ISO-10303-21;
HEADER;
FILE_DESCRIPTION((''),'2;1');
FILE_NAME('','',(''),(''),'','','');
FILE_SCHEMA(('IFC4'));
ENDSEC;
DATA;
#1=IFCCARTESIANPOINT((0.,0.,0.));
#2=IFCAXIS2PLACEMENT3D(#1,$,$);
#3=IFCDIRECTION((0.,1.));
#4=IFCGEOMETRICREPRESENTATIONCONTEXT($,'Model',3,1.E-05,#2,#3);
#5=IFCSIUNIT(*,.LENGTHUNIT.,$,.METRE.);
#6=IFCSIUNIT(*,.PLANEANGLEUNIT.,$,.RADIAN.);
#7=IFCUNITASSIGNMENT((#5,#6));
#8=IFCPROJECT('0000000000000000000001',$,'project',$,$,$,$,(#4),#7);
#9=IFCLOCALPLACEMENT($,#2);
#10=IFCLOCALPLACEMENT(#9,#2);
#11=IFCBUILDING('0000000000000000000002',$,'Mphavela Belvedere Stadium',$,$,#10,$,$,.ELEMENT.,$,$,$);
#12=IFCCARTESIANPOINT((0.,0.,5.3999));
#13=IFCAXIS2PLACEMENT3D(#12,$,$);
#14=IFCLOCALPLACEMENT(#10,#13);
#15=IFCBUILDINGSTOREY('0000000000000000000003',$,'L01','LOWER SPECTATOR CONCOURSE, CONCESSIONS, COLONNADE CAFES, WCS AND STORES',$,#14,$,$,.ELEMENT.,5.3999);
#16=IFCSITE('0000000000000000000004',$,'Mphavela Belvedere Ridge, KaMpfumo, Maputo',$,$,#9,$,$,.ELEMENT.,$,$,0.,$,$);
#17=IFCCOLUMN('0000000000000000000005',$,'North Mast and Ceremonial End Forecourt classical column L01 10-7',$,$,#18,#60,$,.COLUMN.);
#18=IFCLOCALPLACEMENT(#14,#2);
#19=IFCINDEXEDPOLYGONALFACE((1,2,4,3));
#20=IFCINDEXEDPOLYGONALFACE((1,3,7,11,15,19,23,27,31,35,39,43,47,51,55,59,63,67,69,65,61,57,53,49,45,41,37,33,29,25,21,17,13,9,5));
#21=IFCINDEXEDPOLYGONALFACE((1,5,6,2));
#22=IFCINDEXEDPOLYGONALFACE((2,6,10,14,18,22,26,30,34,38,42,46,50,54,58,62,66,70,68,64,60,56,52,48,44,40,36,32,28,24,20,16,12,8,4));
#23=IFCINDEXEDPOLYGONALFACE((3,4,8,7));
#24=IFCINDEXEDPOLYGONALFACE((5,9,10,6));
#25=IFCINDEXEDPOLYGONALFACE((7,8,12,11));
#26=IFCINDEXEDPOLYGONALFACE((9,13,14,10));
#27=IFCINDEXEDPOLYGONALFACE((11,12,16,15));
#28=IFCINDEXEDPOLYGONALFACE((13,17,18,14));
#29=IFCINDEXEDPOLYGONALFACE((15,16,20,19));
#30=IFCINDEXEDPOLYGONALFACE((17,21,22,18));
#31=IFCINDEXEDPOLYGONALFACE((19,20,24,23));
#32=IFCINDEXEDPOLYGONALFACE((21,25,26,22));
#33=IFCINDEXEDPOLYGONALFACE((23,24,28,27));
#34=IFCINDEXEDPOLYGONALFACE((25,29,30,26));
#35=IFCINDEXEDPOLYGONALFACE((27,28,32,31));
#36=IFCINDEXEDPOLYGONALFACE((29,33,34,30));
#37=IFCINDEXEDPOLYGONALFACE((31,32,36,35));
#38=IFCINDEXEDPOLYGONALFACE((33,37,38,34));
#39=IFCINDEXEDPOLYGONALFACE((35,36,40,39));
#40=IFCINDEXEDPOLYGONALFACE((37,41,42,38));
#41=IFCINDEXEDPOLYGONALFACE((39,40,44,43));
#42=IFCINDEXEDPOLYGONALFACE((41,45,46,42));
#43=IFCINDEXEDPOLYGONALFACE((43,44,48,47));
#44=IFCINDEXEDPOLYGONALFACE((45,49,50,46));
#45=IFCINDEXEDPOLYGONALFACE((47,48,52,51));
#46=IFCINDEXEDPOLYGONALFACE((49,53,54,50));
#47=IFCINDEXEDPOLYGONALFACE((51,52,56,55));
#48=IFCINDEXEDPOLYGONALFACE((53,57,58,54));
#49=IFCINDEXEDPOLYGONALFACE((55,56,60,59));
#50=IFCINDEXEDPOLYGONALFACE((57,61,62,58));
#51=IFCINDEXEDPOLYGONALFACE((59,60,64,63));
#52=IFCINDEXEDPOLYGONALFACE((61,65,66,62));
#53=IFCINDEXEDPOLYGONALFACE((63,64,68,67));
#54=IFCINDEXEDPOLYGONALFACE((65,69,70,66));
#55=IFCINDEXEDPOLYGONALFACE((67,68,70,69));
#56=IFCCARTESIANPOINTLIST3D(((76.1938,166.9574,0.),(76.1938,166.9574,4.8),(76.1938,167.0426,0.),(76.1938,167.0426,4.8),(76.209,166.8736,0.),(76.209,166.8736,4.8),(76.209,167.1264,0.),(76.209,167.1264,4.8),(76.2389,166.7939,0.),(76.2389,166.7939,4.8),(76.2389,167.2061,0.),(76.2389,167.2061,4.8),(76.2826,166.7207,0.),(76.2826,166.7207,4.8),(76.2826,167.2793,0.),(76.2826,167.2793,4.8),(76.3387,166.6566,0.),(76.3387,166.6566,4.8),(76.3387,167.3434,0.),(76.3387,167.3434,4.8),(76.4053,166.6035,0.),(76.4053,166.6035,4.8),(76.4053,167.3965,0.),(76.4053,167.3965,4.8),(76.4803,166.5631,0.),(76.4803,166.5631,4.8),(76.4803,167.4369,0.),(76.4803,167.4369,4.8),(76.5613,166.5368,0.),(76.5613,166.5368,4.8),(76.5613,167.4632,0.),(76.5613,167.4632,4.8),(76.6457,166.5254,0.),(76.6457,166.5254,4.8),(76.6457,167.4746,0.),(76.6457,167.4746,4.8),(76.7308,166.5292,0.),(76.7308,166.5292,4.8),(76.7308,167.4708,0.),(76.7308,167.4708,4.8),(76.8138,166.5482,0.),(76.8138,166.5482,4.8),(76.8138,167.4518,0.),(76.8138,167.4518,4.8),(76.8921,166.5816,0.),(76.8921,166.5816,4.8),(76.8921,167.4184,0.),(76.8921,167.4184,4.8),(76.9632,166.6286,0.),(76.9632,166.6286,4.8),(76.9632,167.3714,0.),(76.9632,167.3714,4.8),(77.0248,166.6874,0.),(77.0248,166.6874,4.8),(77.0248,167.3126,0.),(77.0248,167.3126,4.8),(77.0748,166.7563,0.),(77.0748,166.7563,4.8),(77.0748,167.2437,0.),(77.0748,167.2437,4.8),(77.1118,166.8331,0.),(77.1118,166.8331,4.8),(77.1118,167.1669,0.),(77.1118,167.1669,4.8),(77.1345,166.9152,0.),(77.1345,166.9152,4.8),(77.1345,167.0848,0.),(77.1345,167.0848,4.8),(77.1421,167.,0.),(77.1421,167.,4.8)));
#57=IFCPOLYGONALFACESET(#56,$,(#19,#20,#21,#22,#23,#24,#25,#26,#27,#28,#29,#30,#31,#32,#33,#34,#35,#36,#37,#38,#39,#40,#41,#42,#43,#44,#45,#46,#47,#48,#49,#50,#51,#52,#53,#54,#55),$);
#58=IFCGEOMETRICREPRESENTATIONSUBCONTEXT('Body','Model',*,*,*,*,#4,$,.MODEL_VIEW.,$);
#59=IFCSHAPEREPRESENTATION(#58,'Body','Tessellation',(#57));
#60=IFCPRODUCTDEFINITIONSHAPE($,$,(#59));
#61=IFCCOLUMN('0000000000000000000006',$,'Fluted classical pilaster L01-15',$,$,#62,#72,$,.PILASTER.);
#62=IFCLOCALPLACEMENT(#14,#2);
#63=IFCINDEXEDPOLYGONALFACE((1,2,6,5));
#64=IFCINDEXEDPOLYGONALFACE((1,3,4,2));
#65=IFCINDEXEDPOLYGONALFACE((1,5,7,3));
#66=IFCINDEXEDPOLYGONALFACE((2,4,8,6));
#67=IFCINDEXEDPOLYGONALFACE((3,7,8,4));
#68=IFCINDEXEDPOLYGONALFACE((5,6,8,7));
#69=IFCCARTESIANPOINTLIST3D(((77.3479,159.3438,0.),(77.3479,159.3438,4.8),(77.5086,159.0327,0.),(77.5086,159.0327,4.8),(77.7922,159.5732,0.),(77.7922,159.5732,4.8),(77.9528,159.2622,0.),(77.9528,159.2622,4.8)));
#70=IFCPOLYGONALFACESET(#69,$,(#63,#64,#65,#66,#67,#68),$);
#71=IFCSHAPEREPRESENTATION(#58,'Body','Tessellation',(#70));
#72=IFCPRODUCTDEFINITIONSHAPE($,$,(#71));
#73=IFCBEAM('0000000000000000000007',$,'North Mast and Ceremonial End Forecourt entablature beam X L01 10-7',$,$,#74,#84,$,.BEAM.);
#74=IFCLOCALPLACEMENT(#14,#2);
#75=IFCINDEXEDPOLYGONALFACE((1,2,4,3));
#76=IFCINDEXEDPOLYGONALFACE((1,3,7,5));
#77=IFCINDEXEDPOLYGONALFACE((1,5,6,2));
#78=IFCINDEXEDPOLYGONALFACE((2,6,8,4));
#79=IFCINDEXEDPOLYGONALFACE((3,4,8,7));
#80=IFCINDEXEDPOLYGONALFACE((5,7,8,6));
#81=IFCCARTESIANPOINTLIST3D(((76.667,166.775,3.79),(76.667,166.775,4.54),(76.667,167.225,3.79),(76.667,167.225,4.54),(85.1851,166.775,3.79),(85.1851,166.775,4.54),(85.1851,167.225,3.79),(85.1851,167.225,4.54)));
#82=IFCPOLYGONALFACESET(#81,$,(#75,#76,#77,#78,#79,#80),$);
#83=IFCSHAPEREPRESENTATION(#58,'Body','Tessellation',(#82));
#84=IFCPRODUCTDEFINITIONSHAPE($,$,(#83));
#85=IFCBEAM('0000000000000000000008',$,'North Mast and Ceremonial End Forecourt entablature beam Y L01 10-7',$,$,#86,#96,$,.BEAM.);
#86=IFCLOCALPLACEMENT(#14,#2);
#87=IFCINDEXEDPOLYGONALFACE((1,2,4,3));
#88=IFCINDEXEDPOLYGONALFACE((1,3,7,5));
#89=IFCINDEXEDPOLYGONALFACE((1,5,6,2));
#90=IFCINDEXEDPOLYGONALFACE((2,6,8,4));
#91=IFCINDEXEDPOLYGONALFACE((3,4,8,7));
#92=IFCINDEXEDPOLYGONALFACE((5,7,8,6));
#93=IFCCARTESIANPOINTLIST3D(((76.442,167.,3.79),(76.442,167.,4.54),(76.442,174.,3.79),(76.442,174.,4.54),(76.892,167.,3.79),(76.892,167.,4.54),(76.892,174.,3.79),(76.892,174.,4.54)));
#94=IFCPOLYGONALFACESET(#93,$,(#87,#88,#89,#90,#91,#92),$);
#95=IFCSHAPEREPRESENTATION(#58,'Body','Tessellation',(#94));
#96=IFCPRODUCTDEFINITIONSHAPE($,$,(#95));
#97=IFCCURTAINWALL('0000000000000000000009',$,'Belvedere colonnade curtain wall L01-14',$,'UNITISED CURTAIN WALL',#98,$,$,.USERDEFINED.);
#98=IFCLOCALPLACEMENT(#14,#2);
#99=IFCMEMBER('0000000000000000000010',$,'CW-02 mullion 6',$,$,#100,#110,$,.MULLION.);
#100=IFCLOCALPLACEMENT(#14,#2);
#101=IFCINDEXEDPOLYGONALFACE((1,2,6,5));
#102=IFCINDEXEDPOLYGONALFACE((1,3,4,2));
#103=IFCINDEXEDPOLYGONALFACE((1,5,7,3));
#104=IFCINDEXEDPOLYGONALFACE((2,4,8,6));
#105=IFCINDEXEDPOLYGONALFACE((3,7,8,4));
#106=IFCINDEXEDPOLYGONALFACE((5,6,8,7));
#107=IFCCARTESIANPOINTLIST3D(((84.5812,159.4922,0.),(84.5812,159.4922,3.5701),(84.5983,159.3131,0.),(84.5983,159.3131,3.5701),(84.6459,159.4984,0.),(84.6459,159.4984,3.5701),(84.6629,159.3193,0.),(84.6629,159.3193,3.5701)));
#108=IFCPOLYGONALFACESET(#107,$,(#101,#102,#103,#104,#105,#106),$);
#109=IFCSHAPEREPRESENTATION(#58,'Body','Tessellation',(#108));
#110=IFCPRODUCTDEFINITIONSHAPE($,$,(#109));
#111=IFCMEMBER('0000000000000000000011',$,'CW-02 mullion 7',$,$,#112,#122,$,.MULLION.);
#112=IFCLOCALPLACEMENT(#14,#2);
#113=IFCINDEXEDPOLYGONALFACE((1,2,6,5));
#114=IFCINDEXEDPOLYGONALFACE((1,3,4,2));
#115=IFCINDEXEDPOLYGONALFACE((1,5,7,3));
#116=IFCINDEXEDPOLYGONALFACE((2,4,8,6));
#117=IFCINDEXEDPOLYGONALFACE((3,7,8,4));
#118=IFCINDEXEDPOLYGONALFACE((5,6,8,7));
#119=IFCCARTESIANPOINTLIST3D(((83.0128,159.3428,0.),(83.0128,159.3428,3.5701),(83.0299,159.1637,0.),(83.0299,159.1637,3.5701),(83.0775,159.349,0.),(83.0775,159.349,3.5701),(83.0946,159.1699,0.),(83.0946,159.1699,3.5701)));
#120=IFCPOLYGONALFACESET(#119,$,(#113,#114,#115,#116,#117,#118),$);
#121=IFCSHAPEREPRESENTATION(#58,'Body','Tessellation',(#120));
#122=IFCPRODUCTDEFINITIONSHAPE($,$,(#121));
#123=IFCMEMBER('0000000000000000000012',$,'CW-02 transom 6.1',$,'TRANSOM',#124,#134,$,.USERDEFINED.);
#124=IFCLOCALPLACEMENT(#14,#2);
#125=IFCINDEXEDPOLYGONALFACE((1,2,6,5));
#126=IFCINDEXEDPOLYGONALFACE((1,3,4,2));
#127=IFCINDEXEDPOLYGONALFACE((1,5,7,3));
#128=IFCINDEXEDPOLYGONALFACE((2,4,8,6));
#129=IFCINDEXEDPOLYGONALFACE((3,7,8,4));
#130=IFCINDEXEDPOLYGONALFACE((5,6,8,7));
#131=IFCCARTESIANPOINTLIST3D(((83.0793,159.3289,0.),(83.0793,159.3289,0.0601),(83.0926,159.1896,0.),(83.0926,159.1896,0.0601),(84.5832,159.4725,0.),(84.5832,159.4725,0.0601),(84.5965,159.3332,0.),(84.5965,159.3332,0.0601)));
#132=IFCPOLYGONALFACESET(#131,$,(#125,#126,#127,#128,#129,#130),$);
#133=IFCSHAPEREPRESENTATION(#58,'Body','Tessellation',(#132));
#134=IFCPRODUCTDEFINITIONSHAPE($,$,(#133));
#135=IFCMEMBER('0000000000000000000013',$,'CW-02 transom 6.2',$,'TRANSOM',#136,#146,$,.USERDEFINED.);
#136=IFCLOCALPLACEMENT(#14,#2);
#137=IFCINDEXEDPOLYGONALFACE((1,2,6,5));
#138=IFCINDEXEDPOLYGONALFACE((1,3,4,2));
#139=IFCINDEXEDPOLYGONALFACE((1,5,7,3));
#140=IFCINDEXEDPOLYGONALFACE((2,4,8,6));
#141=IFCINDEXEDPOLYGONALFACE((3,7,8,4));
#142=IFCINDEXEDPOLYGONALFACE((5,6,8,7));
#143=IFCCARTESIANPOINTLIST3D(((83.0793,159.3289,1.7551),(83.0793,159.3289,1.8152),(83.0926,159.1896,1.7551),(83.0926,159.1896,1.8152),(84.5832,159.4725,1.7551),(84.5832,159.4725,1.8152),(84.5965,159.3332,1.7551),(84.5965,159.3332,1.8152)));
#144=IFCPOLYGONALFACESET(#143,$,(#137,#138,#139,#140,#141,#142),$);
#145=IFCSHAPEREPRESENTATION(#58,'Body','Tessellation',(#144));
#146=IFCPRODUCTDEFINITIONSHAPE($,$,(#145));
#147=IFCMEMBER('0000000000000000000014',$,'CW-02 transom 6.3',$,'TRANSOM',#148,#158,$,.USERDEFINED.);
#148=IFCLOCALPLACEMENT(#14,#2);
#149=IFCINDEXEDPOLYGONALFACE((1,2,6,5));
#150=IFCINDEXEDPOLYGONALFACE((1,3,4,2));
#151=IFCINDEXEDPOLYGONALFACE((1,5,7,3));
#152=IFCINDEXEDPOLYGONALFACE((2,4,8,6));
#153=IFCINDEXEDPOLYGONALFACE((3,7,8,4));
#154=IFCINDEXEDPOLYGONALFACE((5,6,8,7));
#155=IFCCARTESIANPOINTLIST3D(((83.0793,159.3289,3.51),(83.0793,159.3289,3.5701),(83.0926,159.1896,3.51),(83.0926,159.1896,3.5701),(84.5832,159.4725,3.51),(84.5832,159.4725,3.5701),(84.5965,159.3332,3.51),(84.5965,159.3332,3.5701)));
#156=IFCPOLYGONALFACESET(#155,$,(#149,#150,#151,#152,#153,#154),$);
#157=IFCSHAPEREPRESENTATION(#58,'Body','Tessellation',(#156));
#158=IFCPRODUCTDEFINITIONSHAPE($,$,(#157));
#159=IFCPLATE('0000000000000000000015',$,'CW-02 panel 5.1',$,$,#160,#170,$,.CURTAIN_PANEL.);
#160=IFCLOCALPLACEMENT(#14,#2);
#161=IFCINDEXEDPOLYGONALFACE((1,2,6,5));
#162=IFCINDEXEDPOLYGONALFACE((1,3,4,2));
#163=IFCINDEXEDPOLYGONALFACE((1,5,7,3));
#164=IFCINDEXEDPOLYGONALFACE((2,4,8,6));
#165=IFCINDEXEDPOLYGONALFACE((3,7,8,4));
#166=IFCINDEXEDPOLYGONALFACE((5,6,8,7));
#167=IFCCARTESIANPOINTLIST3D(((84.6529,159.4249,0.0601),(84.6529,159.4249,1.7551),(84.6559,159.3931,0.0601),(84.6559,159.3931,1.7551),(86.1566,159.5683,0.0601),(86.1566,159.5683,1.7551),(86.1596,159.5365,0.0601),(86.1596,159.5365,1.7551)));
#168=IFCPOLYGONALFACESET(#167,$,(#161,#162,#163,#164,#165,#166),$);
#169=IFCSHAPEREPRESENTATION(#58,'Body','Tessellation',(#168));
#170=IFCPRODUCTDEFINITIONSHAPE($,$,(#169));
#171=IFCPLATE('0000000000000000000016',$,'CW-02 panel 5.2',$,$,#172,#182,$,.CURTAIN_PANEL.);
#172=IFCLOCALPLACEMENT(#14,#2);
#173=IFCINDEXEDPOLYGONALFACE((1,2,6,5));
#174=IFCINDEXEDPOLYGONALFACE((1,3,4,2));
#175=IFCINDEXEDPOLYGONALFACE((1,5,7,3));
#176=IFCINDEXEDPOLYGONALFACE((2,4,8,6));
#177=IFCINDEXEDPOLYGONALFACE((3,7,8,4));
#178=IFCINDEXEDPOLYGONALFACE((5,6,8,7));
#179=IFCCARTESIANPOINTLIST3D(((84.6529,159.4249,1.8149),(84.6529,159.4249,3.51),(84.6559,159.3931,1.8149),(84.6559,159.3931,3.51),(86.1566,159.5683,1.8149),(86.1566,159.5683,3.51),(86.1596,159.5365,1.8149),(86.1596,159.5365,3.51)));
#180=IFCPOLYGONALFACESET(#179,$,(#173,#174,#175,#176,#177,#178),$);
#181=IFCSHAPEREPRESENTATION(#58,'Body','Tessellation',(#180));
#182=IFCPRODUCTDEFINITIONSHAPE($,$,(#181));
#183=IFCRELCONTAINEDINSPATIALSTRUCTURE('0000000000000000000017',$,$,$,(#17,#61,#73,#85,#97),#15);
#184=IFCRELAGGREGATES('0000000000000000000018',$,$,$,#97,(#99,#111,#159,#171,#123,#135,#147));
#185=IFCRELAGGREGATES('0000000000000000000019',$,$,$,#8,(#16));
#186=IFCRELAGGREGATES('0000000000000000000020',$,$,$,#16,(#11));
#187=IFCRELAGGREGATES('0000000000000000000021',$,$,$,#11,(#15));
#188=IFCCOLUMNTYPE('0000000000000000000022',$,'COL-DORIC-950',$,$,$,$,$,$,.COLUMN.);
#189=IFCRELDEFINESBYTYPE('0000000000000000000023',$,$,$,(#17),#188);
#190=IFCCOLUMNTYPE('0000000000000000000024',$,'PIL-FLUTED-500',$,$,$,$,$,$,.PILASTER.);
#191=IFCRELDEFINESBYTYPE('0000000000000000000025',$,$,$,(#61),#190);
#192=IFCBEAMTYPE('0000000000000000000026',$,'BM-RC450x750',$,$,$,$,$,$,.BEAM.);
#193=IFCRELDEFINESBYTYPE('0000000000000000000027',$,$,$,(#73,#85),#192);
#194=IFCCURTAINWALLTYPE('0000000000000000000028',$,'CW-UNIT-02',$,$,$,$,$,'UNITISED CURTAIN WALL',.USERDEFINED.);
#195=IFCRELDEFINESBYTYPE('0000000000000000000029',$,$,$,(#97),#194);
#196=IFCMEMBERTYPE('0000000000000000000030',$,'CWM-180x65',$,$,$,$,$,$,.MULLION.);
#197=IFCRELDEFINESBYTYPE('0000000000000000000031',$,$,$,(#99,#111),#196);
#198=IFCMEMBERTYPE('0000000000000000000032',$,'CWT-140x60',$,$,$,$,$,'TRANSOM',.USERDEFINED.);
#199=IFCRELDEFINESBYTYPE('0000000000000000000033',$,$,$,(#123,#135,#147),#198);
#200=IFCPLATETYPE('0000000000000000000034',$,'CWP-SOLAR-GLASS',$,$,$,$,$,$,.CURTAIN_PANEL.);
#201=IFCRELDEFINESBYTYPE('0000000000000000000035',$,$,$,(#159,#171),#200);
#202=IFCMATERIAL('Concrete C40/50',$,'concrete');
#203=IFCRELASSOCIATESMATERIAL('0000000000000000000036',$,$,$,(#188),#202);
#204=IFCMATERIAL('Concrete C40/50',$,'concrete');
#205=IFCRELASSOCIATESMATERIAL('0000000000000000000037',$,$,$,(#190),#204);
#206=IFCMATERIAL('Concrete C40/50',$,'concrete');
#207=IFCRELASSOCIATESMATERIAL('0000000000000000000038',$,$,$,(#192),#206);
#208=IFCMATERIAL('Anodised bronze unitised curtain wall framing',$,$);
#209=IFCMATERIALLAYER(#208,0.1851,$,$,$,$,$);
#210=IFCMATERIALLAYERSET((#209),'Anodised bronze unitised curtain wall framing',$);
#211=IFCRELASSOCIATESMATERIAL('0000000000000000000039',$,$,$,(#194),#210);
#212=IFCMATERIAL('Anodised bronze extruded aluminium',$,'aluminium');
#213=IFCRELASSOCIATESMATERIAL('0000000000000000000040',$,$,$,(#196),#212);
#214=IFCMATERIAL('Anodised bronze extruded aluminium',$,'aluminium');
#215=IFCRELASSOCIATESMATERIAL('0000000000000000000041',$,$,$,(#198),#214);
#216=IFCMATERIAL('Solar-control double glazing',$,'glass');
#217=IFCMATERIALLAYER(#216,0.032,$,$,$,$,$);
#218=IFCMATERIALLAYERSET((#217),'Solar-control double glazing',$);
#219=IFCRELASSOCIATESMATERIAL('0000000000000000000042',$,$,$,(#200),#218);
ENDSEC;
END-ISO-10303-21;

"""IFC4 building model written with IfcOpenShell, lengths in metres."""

from ifc_helpers import new_model, si_unit, direction, frame, origin, origin_2d, place, context, subcontext, project, spatial, rectangle, circle, extrude, material, layer, layer_set, material_profile, profile_set, type_object, element, aggregate, save


model = new_model("IFC4")

# Units and contexts
model_context = context("Model", 3, precision=1e-05, world=origin(), true_north=direction((0.0, 1.0)))
body_context = subcontext(model_context, "Body", "Model", "MODEL_VIEW")
ifc_project = project(units=[si_unit("LENGTHUNIT", "METRE"), si_unit("PLANEANGLEUNIT", "RADIAN")], contexts=[model_context])

# Site, building, storey
site_placement = place(None, origin())
site = spatial("IfcSite", under=ifc_project, at=site_placement, Name="Mphavela Belvedere Ridge, KaMpfumo, Maputo", CompositionType="ELEMENT", RefElevation=0.0)
building_placement = place(site_placement, origin())
building = spatial("IfcBuilding", under=site, at=building_placement, Name="Mphavela Belvedere Stadium", CompositionType="ELEMENT")
storey_placement = place(building_placement, frame((0.0, 0.0, 5.3999)))
storey = spatial("IfcBuildingStorey", under=building, at=storey_placement, Name="L01", Description="LOWER SPECTATOR CONCOURSE, CONCESSIONS, COLONNADE CAFES, WCS AND STORES", CompositionType="ELEMENT", Elevation=5.3999)

# Columns
ifc_material_1 = material(Name="Concrete C40/50", Category="concrete")
ifc_material_profile_1 = material_profile(ifc_material_1, circle(Radius=0.4751, at=origin_2d()), Name="COL D950")
ifc_profile_set_1 = profile_set([ifc_material_profile_1], Name="Concrete C40/50")
column_type_1 = type_object("IfcColumnType", Name="COL-DORIC-950", PredefinedType="COLUMN", material=ifc_profile_set_1)
column_1_placement = place(storey_placement, frame((76.667, 167.0, 0.0), z_axis=(0.0, 0.0, 1.0), x_axis=(1.0, 0.0, 0.0)))
element("IfcColumn", 1, at=column_1_placement, inside=storey, type_object=column_type_1, Name="North Mast and Ceremonial End Forecourt classical column L01 10-7", PredefinedType="COLUMN", context=body_context, shape_type="SweptSolid", body=[
    extrude(circle(Radius=0.4751, at=origin_2d()), origin(), (0.0, 0.0, 1.0), 4.8),
])
ifc_material_2 = material(Name="Concrete C40/50", Category="concrete")
ifc_material_profile_2 = material_profile(ifc_material_2, rectangle(XDim=0.5, YDim=0.3501, at=origin_2d()), Name="PIL 500x350")
ifc_profile_set_2 = profile_set([ifc_material_profile_2], Name="Concrete C40/50")
column_type_2 = type_object("IfcColumnType", Name="PIL-FLUTED-500", PredefinedType="PILASTER", material=ifc_profile_set_2)
column_2_placement = place(storey_placement, frame((77.6504, 159.303, 0.0), z_axis=(0.0, 0.0, 1.0), x_axis=(-0.888457, -0.45896, 0.0)))
element("IfcColumn", 2, at=column_2_placement, inside=storey, type_object=column_type_2, Name="Fluted classical pilaster L01-15", PredefinedType="PILASTER", context=body_context, shape_type="SweptSolid", body=[
    extrude(rectangle(XDim=0.5, YDim=0.3501, at=origin_2d()), origin(), (0.0, 0.0, 1.0), 4.8),
])

# Beams
ifc_material_3 = material(Name="Concrete C40/50", Category="concrete")
ifc_material_profile_3 = material_profile(ifc_material_3, rectangle(XDim=0.45, YDim=0.75, at=origin_2d()), Name="RC 450x750")
ifc_profile_set_3 = profile_set([ifc_material_profile_3], Name="Concrete C40/50")
beam_type = type_object("IfcBeamType", Name="BM-RC450x750", PredefinedType="BEAM", material=ifc_profile_set_3)
beam_1_placement = place(storey_placement, frame((76.667, 167.0, 4.165), z_axis=(1.0, 0.0, 0.0), x_axis=(0.0, 1.0, 0.0)))
element("IfcBeam", 3, at=beam_1_placement, inside=storey, type_object=beam_type, Name="North Mast and Ceremonial End Forecourt entablature beam X L01 10-7", PredefinedType="BEAM", context=body_context, shape_type="SweptSolid", body=[
    extrude(rectangle(XDim=0.45, YDim=0.75, at=origin_2d()), origin(), (0.0, 0.0, 1.0), 8.5181),
])
beam_2_placement = place(storey_placement, frame((76.667, 167.0, 4.165), z_axis=(0.0, 1.0, 0.0), x_axis=(-1.0, 0.0, 0.0)))
element("IfcBeam", 4, at=beam_2_placement, inside=storey, type_object=beam_type, Name="North Mast and Ceremonial End Forecourt entablature beam Y L01 10-7", PredefinedType="BEAM", context=body_context, shape_type="SweptSolid", body=[
    extrude(rectangle(XDim=0.45, YDim=0.75, at=origin_2d()), origin(), (0.0, 0.0, 1.0), 7.0),
])

# Curtain wall, members, plates
ifc_material_4 = material(Name="Anodised bronze unitised curtain wall framing")
ifc_layer_1 = layer(ifc_material_4, 0.1851)
ifc_layer_set_1 = layer_set([ifc_layer_1], Name="Anodised bronze unitised curtain wall framing")
curtain_wall_type = type_object("IfcCurtainWallType", Name="CW-UNIT-02", ElementType="UNITISED CURTAIN WALL", PredefinedType="USERDEFINED", material=ifc_layer_set_1)
curtain_wall_placement = place(storey_placement, origin())
curtain_wall = element("IfcCurtainWall", 5, at=curtain_wall_placement, inside=storey, type_object=curtain_wall_type, Name="Belvedere colonnade curtain wall L01-14", ObjectType="UNITISED CURTAIN WALL", PredefinedType="USERDEFINED")
ifc_material_5 = material(Name="Anodised bronze extruded aluminium", Category="aluminium")
ifc_material_profile_4 = material_profile(ifc_material_5, rectangle(XDim=0.1799, YDim=0.0649, at=origin_2d()), Name="CW-MUL 180x65")
ifc_profile_set_4 = profile_set([ifc_material_profile_4], Name="Anodised bronze extruded aluminium")
member_type_1 = type_object("IfcMemberType", Name="CWM-180x65", PredefinedType="MULLION", material=ifc_profile_set_4)
member_1_placement = place(storey_placement, frame((84.6221, 159.4058, 0.0), z_axis=(0.0, 0.0, 1.0), x_axis=(0.094922, -0.995485, 0.0)))
member_1 = element("IfcMember", 6, at=member_1_placement, type_object=member_type_1, Name="CW-02 mullion 6", PredefinedType="MULLION", context=body_context, shape_type="SweptSolid", body=[
    extrude(rectangle(XDim=0.1799, YDim=0.0649, at=origin_2d()), origin(), (0.0, 0.0, 1.0), 3.5701),
])
member_2_placement = place(storey_placement, frame((83.0537, 159.2563, 0.0), z_axis=(0.0, 0.0, 1.0), x_axis=(0.094922, -0.995485, 0.0)))
member_2 = element("IfcMember", 7, at=member_2_placement, type_object=member_type_1, Name="CW-02 mullion 7", PredefinedType="MULLION", context=body_context, shape_type="SweptSolid", body=[
    extrude(rectangle(XDim=0.1799, YDim=0.0649, at=origin_2d()), origin(), (0.0, 0.0, 1.0), 3.5701),
])
ifc_material_6 = material(Name="Anodised bronze extruded aluminium", Category="aluminium")
ifc_material_profile_5 = material_profile(ifc_material_6, rectangle(XDim=0.1399, YDim=0.0601, at=origin_2d()), Name="CW-TRN 140x60")
ifc_profile_set_5 = profile_set([ifc_material_profile_5], Name="Anodised bronze extruded aluminium")
member_type_2 = type_object("IfcMemberType", Name="CWT-140x60", ElementType="TRANSOM", PredefinedType="USERDEFINED", material=ifc_profile_set_5)
member_3_placement = place(storey_placement, frame((84.5898, 159.4028, 0.03), z_axis=(-0.995475, -0.095023, 0.0), x_axis=(0.095023, -0.995475, 0.0)))
member_3 = element("IfcMember", 8, at=member_3_placement, type_object=member_type_2, Name="CW-02 transom 6.1", ObjectType="TRANSOM", PredefinedType="USERDEFINED", context=body_context, shape_type="SweptSolid", body=[
    extrude(rectangle(XDim=0.1399, YDim=0.0601, at=origin_2d()), origin(), (0.0, 0.0, 1.0), 1.5107),
])
member_4_placement = place(storey_placement, frame((84.5898, 159.4028, 1.7852), z_axis=(-0.995475, -0.095023, 0.0), x_axis=(0.095023, -0.995475, 0.0)))
member_4 = element("IfcMember", 9, at=member_4_placement, type_object=member_type_2, Name="CW-02 transom 6.2", ObjectType="TRANSOM", PredefinedType="USERDEFINED", context=body_context, shape_type="SweptSolid", body=[
    extrude(rectangle(XDim=0.1399, YDim=0.0601, at=origin_2d()), origin(), (0.0, 0.0, 1.0), 1.5107),
])
member_5_placement = place(storey_placement, frame((84.5898, 159.4028, 3.54), z_axis=(-0.995475, -0.095023, 0.0), x_axis=(0.095023, -0.995475, 0.0)))
member_5 = element("IfcMember", 10, at=member_5_placement, type_object=member_type_2, Name="CW-02 transom 6.3", ObjectType="TRANSOM", PredefinedType="USERDEFINED", context=body_context, shape_type="SweptSolid", body=[
    extrude(rectangle(XDim=0.1399, YDim=0.0601, at=origin_2d()), origin(), (0.0, 0.0, 1.0), 1.5107),
])
ifc_material_7 = material(Name="Solar-control double glazing", Category="glass")
ifc_layer_2 = layer(ifc_material_7, 0.032)
ifc_layer_set_2 = layer_set([ifc_layer_2], Name="Solar-control double glazing")
plate_type = type_object("IfcPlateType", Name="CWP-SOLAR-GLASS", PredefinedType="CURTAIN_PANEL", material=ifc_layer_set_2)
plate_1_placement = place(storey_placement, frame((85.4062, 159.4807, 0.0601), z_axis=(0.0, 0.0, 1.0), x_axis=(-0.995485, -0.094922, 0.0)))
plate_1 = element("IfcPlate", 11, at=plate_1_placement, type_object=plate_type, Name="CW-02 panel 5.1", PredefinedType="CURTAIN_PANEL", context=body_context, shape_type="SweptSolid", body=[
    extrude(rectangle(XDim=1.5105, YDim=0.032, at=origin_2d()), origin(), (0.0, 0.0, 1.0), 1.6951),
])
plate_2_placement = place(storey_placement, frame((85.4062, 159.4807, 1.8149), z_axis=(0.0, 0.0, 1.0), x_axis=(-0.995485, -0.094922, 0.0)))
plate_2 = element("IfcPlate", 12, at=plate_2_placement, type_object=plate_type, Name="CW-02 panel 5.2", PredefinedType="CURTAIN_PANEL", context=body_context, shape_type="SweptSolid", body=[
    extrude(rectangle(XDim=1.5105, YDim=0.032, at=origin_2d()), origin(), (0.0, 0.0, 1.0), 1.6951),
])
aggregate(curtain_wall, [member_1, member_2, plate_1, plate_2, member_3, member_4, member_5])

save(model, "model.ifc")
